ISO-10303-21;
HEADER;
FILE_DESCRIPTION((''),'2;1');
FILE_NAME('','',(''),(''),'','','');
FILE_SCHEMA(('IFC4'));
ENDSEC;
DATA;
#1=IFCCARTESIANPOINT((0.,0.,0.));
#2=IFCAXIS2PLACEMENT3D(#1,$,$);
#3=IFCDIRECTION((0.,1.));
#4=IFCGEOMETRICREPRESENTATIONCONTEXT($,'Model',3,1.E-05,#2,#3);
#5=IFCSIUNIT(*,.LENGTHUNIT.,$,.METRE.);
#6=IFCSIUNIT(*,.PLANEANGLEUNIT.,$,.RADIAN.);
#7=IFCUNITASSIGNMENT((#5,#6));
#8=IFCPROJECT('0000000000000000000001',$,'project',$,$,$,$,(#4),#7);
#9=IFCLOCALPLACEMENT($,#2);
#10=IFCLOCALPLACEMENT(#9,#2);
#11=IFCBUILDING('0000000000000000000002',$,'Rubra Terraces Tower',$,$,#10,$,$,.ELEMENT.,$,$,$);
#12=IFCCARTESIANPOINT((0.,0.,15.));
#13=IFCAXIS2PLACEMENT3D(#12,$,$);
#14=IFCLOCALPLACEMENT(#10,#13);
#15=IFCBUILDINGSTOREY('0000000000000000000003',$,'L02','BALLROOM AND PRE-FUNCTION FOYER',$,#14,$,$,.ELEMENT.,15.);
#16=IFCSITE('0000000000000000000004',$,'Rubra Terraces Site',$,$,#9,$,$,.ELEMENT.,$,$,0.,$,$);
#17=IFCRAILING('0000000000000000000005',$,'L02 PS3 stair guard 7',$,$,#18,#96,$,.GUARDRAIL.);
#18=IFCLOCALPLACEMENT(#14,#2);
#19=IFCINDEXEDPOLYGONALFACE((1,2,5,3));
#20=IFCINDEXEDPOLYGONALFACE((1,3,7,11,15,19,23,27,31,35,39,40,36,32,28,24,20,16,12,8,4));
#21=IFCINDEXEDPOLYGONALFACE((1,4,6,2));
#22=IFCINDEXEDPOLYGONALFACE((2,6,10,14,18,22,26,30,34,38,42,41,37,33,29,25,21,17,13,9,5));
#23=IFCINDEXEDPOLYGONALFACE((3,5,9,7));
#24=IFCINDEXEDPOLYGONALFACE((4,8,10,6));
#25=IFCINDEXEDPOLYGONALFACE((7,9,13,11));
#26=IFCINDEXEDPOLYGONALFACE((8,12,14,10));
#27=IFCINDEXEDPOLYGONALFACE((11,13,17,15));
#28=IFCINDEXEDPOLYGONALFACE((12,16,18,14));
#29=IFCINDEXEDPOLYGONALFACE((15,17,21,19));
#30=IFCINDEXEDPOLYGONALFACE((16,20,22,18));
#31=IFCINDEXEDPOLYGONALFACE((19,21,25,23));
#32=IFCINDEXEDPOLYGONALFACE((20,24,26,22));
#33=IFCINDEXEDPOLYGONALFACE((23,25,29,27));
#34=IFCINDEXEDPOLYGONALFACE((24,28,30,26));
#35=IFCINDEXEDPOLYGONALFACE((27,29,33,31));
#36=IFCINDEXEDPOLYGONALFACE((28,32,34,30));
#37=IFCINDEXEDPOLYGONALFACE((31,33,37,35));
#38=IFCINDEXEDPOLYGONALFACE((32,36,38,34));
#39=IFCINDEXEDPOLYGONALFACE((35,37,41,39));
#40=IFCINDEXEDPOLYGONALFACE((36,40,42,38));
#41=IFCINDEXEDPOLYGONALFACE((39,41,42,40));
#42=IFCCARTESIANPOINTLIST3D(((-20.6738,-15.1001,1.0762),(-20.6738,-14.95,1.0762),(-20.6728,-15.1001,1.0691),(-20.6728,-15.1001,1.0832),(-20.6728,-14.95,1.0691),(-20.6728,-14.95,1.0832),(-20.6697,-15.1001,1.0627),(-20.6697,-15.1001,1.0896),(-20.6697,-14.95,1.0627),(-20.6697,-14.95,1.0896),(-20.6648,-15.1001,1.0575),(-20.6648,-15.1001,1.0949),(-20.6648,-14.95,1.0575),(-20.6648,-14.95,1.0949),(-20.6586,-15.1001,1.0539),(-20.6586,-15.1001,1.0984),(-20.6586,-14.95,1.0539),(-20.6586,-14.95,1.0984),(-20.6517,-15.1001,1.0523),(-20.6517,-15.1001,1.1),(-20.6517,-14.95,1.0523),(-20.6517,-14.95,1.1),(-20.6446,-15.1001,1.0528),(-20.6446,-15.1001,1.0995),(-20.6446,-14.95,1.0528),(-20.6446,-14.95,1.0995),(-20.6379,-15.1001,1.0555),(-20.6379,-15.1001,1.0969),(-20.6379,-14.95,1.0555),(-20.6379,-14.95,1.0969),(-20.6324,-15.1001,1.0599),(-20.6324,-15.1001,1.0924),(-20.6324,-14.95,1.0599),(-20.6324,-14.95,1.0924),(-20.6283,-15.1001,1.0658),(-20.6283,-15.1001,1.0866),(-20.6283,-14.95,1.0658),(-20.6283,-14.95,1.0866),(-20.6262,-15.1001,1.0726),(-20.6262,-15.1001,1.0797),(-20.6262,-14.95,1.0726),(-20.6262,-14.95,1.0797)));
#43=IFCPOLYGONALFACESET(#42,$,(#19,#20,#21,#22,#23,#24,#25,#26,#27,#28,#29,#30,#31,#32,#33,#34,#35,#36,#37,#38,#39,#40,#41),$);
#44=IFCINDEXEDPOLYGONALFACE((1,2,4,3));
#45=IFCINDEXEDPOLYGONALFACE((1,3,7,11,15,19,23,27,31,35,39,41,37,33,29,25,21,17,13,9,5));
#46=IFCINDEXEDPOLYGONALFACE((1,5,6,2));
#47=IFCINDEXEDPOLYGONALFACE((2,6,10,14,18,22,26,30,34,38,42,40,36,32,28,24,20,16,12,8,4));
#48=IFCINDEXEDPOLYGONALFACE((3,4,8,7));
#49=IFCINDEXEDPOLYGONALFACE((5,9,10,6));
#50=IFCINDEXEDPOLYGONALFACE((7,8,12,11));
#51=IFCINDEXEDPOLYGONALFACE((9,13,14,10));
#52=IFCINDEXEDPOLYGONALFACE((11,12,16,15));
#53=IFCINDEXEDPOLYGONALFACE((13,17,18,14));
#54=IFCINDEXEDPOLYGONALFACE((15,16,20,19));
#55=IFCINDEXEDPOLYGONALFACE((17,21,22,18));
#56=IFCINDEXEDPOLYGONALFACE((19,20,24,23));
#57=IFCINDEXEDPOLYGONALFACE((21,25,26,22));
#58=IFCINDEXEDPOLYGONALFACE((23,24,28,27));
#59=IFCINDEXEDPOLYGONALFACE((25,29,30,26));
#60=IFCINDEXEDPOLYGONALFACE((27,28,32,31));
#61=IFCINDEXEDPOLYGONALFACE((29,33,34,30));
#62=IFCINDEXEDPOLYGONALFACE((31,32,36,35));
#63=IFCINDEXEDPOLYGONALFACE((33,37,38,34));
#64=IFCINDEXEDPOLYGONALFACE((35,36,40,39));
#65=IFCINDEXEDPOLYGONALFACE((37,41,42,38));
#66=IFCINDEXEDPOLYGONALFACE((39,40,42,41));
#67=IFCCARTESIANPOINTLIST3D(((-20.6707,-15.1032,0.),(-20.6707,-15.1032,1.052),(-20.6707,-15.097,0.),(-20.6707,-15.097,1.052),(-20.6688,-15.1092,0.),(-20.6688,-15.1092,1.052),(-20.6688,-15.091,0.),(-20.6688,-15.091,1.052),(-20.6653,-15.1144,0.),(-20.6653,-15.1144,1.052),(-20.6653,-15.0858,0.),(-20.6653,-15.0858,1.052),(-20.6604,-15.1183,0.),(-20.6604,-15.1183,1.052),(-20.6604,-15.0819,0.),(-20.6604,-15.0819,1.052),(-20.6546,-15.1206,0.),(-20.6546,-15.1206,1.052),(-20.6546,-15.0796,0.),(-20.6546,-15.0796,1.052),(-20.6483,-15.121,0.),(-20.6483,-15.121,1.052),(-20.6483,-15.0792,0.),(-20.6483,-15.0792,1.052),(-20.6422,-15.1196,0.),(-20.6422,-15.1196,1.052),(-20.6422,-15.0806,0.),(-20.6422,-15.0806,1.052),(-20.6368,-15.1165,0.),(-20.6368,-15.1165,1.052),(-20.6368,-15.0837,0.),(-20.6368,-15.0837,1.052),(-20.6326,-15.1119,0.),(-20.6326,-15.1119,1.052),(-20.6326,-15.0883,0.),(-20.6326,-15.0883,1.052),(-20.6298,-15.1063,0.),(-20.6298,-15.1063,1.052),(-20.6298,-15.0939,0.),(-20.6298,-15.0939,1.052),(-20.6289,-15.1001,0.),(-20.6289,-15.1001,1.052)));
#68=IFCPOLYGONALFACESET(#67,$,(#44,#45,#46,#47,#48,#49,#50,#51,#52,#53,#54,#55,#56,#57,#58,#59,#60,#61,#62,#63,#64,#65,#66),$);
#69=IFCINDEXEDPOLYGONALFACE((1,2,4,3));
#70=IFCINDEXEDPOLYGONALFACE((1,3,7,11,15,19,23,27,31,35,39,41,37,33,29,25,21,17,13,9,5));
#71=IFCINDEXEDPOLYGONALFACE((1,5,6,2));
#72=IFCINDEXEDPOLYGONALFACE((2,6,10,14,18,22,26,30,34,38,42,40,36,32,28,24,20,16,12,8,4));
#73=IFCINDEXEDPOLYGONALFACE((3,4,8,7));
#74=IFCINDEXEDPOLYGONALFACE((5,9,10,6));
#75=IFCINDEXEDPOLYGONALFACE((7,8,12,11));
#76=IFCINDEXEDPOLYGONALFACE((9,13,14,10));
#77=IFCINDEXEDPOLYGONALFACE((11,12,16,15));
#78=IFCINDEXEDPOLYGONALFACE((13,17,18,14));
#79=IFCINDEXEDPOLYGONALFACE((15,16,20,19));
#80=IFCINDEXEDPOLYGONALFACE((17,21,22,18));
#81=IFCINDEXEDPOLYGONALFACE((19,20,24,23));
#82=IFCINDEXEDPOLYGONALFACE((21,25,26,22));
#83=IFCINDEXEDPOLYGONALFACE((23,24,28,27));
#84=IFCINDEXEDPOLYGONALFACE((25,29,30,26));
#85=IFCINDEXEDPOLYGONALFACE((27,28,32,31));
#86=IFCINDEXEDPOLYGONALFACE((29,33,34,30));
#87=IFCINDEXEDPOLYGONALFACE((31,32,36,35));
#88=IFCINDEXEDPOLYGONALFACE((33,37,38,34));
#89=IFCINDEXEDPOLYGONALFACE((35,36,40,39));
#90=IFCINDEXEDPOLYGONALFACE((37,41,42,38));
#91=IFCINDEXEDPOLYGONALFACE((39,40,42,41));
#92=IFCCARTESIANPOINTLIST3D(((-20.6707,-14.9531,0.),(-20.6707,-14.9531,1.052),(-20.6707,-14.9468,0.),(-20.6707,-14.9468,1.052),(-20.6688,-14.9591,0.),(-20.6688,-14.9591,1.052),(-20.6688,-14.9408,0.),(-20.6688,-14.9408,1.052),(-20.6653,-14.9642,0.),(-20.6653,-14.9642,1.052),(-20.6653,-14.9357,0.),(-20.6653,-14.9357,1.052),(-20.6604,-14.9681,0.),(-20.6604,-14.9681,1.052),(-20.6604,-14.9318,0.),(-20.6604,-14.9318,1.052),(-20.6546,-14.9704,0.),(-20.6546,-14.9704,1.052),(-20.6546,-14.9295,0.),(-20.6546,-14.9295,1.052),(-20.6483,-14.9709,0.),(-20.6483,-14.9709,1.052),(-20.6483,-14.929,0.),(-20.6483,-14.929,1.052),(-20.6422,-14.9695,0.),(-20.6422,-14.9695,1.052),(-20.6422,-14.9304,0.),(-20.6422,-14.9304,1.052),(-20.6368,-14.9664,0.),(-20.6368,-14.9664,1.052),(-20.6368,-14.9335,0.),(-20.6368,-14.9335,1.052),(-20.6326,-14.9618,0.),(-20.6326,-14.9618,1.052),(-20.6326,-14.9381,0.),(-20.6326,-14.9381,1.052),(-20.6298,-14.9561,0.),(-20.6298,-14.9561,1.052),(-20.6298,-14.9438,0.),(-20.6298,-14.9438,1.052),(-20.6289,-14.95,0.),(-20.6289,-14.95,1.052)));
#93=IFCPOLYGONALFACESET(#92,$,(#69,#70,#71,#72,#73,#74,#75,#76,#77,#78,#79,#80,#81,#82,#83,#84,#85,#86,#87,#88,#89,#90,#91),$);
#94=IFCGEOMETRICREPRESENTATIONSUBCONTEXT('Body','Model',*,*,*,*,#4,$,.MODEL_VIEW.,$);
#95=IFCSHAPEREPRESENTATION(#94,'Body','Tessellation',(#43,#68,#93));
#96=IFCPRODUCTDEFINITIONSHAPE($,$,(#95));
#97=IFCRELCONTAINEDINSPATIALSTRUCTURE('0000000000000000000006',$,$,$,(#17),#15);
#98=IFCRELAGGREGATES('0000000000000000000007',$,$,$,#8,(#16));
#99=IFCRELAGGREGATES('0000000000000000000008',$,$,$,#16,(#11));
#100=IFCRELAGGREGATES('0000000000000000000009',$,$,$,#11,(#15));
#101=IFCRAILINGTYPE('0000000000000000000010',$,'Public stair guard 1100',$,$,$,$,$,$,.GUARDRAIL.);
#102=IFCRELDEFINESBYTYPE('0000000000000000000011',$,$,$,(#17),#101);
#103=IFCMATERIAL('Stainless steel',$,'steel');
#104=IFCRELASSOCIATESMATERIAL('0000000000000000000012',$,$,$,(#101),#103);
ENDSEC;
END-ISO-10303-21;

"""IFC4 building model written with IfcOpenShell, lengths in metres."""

from ifc_helpers import new_model, si_unit, direction, frame, origin, origin_2d, place, context, subcontext, project, spatial, circle, extrude, material, type_object, element, save


model = new_model("IFC4")

# Units and contexts
model_context = context("Model", 3, precision=1e-05, world=origin(), true_north=direction((0.0, 1.0)))
body_context = subcontext(model_context, "Body", "Model", "MODEL_VIEW")
ifc_project = project(units=[si_unit("LENGTHUNIT", "METRE"), si_unit("PLANEANGLEUNIT", "RADIAN")], contexts=[model_context])

# Site, building, storey
site_placement = place(None, origin())
site = spatial("IfcSite", under=ifc_project, at=site_placement, Name="Rubra Terraces Site", CompositionType="ELEMENT", RefElevation=0.0)
building_placement = place(site_placement, origin())
building = spatial("IfcBuilding", under=site, at=building_placement, Name="Rubra Terraces Tower", CompositionType="ELEMENT")
storey_placement = place(building_placement, frame((0.0, 0.0, 15.0)))
storey = spatial("IfcBuildingStorey", under=building, at=storey_placement, Name="L02", Description="BALLROOM AND PRE-FUNCTION FOYER", CompositionType="ELEMENT", Elevation=15.0)

# Railing
ifc_material_1 = material(Name="Stainless steel", Category="steel")
railing_type_1 = type_object("IfcRailingType", Name="Public stair guard 1100", PredefinedType="GUARDRAIL", material=ifc_material_1)
railing_1_placement = place(storey_placement, frame((-20.6499, -15.1001, 0.0)))
element("IfcRailing", 1, at=railing_1_placement, inside=storey, type_object=railing_type_1, Name="L02 PS3 stair guard 7", PredefinedType="GUARDRAIL", context=body_context, shape_type="SweptSolid", body=[
    extrude(circle(Radius=0.0239, at=origin_2d()), frame((0.0, 0.0, 1.0762), z_axis=(0.0, 1.0, 0.0), x_axis=(-1.0, 0.0, 0.0)), (0.0, 0.0, 1.0), 0.1501),
    extrude(circle(Radius=0.021, at=origin_2d()), origin(), (0.0, 0.0, 1.0), 1.052),
    extrude(circle(Radius=0.021, at=origin_2d()), frame((0.0, 0.1501, 0.0)), (0.0, 0.0, 1.0), 1.052),
])

save(model, "model.ifc")
